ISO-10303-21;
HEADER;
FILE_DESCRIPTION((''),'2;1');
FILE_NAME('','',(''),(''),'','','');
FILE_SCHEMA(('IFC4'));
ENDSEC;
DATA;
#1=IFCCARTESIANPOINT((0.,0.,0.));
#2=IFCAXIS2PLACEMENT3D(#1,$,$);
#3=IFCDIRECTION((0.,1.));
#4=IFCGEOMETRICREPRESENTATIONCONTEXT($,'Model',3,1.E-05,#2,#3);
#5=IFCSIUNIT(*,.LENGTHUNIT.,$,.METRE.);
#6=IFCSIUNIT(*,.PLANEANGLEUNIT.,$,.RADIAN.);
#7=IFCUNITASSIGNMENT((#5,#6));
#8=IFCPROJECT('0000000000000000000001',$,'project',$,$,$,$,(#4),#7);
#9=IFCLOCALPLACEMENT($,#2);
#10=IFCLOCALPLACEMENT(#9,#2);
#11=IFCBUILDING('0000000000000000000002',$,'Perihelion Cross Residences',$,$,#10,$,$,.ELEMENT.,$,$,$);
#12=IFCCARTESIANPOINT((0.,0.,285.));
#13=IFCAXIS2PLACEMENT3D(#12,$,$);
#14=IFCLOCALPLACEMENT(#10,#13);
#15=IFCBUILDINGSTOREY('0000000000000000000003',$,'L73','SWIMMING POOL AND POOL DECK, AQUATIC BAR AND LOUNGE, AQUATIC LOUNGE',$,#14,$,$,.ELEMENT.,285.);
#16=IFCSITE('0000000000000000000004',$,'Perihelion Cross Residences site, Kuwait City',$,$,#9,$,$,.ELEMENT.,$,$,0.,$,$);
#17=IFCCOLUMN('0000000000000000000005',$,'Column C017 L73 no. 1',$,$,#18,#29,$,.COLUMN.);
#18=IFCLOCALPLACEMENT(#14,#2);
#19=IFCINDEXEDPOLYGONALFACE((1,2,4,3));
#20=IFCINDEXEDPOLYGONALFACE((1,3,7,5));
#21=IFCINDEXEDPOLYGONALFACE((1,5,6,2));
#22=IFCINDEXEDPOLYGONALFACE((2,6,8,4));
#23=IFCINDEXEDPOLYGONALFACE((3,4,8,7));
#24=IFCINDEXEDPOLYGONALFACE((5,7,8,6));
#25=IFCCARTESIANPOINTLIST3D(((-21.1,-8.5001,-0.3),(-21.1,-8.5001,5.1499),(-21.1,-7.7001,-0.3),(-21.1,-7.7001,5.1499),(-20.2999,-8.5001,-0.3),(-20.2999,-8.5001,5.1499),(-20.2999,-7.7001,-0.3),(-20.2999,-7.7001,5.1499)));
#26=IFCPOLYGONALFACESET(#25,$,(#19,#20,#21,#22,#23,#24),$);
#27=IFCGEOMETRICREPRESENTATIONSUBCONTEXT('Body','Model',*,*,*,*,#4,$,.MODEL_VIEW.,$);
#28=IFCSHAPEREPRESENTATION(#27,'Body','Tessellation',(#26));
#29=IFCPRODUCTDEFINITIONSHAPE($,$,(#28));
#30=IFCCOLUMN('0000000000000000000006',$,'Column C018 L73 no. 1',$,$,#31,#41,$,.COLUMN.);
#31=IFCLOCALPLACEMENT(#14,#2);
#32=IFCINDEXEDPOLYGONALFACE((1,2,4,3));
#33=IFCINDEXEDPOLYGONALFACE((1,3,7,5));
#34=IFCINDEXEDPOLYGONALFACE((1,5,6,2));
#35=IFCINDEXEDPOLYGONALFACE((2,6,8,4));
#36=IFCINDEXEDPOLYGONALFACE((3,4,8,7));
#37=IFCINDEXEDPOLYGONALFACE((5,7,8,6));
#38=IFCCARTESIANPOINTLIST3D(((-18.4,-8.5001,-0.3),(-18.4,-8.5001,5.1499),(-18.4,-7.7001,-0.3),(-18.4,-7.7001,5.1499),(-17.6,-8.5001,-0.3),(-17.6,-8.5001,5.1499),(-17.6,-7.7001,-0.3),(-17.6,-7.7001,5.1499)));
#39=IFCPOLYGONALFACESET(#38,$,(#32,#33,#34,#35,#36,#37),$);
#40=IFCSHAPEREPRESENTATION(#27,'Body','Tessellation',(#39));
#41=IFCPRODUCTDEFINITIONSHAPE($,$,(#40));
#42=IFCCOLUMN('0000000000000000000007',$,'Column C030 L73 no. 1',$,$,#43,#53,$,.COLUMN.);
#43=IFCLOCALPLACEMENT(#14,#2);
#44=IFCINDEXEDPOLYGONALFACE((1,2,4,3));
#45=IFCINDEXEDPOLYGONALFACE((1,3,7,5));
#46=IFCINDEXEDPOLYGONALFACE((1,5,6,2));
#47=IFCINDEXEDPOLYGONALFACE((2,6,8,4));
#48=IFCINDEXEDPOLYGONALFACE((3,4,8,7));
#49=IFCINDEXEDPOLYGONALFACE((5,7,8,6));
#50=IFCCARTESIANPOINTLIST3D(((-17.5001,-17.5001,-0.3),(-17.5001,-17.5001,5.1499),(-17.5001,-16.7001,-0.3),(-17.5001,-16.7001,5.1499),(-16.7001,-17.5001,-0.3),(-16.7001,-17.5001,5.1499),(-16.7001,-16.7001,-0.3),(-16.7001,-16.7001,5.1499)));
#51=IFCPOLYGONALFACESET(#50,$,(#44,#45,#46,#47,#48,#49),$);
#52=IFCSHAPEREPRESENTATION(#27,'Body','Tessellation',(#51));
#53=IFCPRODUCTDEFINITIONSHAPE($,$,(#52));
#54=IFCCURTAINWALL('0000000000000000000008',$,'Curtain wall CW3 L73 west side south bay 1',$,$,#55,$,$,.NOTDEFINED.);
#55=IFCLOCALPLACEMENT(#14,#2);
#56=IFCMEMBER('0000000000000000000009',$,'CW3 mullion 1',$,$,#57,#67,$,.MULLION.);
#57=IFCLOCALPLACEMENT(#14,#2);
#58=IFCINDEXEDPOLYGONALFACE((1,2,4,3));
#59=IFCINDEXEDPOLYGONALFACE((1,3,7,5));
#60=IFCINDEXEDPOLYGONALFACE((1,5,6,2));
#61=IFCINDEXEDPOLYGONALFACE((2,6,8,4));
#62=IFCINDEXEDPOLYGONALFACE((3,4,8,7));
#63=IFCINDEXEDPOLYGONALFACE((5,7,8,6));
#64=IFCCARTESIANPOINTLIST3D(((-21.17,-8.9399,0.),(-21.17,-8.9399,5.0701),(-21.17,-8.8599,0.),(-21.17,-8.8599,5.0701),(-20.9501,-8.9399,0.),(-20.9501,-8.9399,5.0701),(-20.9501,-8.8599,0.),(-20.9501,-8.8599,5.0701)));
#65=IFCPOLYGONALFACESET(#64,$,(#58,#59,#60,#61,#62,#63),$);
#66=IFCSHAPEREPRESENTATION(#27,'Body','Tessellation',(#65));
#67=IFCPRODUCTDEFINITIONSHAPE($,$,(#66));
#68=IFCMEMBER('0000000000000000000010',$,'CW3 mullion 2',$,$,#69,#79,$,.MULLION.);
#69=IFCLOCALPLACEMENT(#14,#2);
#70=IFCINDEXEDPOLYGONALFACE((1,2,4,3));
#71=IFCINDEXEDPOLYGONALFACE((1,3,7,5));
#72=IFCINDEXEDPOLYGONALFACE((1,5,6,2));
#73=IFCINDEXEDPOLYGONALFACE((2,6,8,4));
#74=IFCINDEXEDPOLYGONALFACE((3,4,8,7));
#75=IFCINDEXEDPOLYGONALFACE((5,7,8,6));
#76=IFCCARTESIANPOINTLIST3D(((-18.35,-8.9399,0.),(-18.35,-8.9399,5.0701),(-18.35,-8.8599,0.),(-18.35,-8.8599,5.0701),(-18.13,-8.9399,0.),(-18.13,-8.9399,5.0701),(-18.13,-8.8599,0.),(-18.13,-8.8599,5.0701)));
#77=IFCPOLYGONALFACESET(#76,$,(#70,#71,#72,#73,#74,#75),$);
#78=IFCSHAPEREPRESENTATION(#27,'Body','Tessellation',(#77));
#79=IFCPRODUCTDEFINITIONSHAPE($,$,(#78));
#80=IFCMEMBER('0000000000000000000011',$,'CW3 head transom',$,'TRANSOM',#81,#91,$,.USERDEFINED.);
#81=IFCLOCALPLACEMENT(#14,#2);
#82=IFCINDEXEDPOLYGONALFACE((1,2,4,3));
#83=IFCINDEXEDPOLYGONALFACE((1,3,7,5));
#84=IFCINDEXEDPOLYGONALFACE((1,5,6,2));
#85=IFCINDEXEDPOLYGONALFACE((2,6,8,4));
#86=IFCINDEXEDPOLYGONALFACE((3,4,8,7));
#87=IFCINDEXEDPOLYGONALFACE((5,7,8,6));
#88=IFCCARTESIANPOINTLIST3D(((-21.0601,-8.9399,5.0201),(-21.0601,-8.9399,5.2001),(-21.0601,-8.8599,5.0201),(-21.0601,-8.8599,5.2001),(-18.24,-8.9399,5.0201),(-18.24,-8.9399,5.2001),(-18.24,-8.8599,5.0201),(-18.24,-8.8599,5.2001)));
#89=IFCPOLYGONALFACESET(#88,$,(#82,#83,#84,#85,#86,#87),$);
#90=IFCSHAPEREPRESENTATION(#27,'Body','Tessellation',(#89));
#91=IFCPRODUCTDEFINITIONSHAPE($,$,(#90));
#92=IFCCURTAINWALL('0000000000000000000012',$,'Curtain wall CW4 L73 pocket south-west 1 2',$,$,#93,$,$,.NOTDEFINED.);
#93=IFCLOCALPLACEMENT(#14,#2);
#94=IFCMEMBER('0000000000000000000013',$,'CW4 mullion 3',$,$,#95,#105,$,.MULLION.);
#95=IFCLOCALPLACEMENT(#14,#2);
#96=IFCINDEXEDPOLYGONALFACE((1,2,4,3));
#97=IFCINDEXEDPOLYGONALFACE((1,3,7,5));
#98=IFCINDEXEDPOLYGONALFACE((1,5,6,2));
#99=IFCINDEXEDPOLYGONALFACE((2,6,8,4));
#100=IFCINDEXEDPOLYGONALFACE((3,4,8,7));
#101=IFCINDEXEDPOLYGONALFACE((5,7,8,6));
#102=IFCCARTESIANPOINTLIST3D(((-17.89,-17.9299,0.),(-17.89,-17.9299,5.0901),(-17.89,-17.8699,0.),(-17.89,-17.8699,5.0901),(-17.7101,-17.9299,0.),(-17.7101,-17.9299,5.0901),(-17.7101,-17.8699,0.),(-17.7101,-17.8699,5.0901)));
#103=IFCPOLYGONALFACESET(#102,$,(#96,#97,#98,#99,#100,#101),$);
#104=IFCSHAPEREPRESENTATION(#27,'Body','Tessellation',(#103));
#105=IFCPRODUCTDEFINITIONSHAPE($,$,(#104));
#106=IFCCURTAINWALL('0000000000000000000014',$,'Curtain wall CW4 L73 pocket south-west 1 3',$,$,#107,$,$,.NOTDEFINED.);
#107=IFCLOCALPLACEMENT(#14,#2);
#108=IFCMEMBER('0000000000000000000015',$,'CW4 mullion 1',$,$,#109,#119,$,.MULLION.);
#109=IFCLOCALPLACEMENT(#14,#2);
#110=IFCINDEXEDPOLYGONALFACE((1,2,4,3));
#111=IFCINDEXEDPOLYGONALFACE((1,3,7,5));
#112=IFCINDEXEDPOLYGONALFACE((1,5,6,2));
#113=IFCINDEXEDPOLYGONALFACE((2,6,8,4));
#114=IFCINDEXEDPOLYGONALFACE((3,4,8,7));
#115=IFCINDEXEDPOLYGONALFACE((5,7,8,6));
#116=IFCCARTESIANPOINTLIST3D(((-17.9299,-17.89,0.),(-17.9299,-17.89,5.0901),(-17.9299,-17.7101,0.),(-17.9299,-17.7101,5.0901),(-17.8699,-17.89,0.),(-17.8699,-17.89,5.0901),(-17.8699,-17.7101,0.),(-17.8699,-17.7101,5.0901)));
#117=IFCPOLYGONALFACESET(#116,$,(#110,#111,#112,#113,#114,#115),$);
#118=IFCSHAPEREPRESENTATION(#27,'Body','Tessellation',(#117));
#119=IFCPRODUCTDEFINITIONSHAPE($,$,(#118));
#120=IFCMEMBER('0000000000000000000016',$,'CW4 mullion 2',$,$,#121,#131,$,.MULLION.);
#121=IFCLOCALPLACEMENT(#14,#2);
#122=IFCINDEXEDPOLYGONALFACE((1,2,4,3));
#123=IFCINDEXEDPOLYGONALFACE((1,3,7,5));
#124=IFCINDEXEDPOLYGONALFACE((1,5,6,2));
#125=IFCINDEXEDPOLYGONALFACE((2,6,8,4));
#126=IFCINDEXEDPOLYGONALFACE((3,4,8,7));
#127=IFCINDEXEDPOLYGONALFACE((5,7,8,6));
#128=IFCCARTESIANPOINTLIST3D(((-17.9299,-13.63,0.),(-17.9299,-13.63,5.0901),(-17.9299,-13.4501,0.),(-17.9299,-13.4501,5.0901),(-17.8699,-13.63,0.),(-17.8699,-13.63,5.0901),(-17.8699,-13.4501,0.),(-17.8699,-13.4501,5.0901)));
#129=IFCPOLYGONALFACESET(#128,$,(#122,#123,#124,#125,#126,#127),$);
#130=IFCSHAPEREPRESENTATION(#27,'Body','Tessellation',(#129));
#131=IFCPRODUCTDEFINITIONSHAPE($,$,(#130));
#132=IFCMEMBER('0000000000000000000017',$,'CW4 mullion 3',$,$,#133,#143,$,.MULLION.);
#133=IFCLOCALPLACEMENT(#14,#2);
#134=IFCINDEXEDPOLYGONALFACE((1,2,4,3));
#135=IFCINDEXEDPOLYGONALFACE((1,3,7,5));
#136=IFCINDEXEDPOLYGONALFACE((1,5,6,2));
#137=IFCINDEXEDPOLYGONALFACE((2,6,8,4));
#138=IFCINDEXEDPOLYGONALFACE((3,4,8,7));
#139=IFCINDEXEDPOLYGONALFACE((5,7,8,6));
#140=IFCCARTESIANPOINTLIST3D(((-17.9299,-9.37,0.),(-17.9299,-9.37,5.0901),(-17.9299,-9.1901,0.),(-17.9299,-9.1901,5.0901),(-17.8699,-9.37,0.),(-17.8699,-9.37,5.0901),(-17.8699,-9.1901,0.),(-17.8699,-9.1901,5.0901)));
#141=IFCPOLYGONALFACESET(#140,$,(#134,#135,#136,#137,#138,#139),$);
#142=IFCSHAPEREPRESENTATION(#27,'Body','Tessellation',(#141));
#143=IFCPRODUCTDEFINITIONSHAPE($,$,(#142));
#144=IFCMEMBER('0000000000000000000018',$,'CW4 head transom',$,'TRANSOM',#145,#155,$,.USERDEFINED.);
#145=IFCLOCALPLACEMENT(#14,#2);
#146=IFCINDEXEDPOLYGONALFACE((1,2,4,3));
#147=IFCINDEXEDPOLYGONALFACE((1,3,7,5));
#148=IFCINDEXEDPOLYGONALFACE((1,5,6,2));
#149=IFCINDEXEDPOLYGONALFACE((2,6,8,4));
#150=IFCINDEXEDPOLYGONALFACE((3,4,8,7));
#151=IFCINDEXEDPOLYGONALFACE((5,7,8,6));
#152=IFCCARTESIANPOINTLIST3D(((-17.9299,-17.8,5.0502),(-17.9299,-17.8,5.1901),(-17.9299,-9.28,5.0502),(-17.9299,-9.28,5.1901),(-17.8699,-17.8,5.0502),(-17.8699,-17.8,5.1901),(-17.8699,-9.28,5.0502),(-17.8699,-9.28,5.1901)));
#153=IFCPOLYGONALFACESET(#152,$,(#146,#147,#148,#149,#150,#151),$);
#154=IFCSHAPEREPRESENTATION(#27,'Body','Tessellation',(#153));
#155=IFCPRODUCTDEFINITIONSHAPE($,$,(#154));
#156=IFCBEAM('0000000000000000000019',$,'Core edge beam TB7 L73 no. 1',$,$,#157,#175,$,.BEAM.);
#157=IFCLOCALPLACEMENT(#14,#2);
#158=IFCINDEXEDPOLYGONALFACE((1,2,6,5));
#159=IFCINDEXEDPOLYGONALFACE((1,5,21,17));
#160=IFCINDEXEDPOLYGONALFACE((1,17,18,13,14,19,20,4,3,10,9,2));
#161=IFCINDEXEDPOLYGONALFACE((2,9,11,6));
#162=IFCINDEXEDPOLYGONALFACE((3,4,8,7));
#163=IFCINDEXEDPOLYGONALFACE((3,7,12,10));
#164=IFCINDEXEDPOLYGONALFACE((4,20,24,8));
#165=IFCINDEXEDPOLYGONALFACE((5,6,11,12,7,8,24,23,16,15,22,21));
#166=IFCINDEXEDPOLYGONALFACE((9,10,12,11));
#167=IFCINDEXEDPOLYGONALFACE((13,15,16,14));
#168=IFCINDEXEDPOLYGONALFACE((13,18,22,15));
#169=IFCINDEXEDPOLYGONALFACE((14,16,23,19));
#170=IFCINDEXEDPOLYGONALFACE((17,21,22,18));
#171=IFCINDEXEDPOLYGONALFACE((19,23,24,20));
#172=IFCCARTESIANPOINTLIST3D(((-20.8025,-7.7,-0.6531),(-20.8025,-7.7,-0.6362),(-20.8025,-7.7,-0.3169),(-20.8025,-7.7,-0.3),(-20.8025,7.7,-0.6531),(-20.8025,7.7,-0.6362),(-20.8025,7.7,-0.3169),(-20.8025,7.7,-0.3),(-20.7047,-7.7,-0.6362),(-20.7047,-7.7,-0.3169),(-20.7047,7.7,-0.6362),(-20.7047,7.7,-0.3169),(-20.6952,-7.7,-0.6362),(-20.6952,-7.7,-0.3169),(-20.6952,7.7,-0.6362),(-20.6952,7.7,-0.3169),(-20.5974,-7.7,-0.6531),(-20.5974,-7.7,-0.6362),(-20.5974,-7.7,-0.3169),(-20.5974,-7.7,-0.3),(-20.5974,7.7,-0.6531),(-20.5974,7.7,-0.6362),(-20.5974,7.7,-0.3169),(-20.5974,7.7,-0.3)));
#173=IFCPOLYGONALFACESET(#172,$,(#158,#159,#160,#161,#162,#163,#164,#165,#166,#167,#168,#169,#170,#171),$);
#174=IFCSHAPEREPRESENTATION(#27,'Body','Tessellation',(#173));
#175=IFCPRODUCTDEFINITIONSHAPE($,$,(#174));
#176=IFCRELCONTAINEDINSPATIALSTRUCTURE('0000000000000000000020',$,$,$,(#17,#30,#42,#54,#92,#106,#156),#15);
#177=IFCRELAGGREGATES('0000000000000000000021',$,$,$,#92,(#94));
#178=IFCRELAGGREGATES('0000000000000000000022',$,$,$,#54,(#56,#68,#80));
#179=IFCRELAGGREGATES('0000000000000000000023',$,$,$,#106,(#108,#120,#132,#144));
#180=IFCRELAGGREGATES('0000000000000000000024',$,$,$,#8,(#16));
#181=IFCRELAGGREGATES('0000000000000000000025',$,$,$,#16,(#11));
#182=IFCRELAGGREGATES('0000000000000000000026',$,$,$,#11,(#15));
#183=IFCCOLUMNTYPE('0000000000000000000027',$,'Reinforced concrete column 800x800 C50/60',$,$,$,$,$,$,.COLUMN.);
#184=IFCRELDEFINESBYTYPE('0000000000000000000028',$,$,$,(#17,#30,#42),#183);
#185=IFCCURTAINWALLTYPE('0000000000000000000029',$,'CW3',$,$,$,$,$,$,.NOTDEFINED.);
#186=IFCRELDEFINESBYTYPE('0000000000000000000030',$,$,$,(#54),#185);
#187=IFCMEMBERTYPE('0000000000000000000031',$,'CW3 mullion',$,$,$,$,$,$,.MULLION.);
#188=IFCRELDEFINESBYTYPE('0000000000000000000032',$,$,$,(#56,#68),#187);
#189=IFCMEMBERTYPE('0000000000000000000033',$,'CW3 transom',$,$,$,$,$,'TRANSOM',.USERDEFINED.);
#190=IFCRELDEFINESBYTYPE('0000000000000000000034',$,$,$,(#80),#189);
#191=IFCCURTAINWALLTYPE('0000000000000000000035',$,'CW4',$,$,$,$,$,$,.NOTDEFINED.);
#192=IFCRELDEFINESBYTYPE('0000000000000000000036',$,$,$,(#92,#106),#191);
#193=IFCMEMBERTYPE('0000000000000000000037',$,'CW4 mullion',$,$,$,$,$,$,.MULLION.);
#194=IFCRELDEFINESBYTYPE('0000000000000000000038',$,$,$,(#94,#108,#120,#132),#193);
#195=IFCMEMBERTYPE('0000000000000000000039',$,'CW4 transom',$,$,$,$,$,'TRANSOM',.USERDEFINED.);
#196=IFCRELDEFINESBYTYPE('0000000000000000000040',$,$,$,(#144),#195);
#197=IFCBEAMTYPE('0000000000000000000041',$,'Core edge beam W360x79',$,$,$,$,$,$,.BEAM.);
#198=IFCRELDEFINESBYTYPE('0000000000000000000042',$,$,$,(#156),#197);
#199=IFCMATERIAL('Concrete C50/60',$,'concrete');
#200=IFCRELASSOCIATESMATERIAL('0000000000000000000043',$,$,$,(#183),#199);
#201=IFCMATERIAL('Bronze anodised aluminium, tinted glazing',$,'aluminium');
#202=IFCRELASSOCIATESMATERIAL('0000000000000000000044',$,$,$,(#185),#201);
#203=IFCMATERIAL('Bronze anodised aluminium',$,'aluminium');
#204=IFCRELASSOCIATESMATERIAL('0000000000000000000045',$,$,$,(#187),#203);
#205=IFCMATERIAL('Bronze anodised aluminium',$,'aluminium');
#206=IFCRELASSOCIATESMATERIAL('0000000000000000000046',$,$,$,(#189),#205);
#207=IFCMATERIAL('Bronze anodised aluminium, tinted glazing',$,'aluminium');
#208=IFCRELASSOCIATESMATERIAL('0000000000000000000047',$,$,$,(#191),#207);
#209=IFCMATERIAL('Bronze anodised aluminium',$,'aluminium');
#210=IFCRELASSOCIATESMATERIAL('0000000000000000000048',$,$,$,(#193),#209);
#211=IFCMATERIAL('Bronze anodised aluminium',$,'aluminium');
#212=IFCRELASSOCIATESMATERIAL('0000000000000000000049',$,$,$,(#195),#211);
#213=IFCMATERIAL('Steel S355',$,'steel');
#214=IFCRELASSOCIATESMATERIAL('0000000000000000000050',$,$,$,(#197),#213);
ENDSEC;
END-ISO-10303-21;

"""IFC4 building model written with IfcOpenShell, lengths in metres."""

from ifc_helpers import new_model, si_unit, direction, frame, origin, origin_2d, place, context, subcontext, project, spatial, rectangle, i_section, extrude, material, material_profile, profile_set, type_object, element, aggregate, save


model = new_model("IFC4")

# Units and contexts
model_context = context("Model", 3, precision=1e-05, world=origin(), true_north=direction((0.0, 1.0)))
body_context = subcontext(model_context, "Body", "Model", "MODEL_VIEW")
ifc_project = project(units=[si_unit("LENGTHUNIT", "METRE"), si_unit("PLANEANGLEUNIT", "RADIAN")], contexts=[model_context])

# Site, building, storey
site_placement = place(None, origin())
site = spatial("IfcSite", under=ifc_project, at=site_placement, Name="Perihelion Cross Residences site, Kuwait City", CompositionType="ELEMENT", RefElevation=0.0)
building_placement = place(site_placement, origin())
building = spatial("IfcBuilding", under=site, at=building_placement, Name="Perihelion Cross Residences", CompositionType="ELEMENT")
storey_placement = place(building_placement, frame((0.0, 0.0, 285.0)))
storey = spatial("IfcBuildingStorey", under=building, at=storey_placement, Name="L73", Description="SWIMMING POOL AND POOL DECK, AQUATIC BAR AND LOUNGE, AQUATIC LOUNGE", CompositionType="ELEMENT", Elevation=285.0)

# Columns
ifc_material_1 = material(Name="Concrete C50/60", Category="concrete")
ifc_material_profile_1 = material_profile(ifc_material_1, rectangle(XDim=0.8, YDim=0.8, at=origin_2d()), Name="RC 800x800")
ifc_profile_set_1 = profile_set([ifc_material_profile_1], Name="Concrete C50/60")
column_type = type_object("IfcColumnType", Name="Reinforced concrete column 800x800 C50/60", PredefinedType="COLUMN", material=ifc_profile_set_1)
for number, where, z_axis, x_axis, name in (
    (1, (-20.7, -8.1001, -0.3), (0.0, 0.0, 1.0), (1.0, 0.0, 0.0), "Column C017 L73 no. 1"),
    (2, (-18.0, -8.1001, -0.3), (0.0, 0.0, 1.0), (1.0, 0.0, 0.0), "Column C018 L73 no. 1"),
    (3, (-17.1001, -17.1001, -0.3), (0.0, 0.0, 1.0), (1.0, 0.0, 0.0), "Column C030 L73 no. 1"),
):
    element("IfcColumn", number, at=place(storey_placement, frame(where, z_axis=z_axis, x_axis=x_axis)), inside=storey, type_object=column_type, Name=name, PredefinedType="COLUMN", context=body_context, shape_type="SweptSolid", body=[
        extrude(rectangle(XDim=0.8, YDim=0.8, at=origin_2d()), origin(), (0.0, 0.0, 1.0), 5.45),
    ])

# Curtain wall, members
ifc_material_2 = material(Name="Bronze anodised aluminium, tinted glazing", Category="aluminium")
curtain_wall_type_1 = type_object("IfcCurtainWallType", Name="CW3", PredefinedType="NOTDEFINED", material=ifc_material_2)
curtain_wall_1_placement = place(storey_placement, origin())
curtain_wall_1 = element("IfcCurtainWall", 4, at=curtain_wall_1_placement, inside=storey, type_object=curtain_wall_type_1, Name="Curtain wall CW3 L73 west side south bay 1", PredefinedType="NOTDEFINED")
ifc_material_3 = material(Name="Bronze anodised aluminium", Category="aluminium")
ifc_material_profile_2 = material_profile(ifc_material_3, rectangle(XDim=0.0801, YDim=0.22, at=origin_2d()), Name="CW3 mullion")
ifc_profile_set_2 = profile_set([ifc_material_profile_2], Name="Bronze anodised aluminium")
member_type_1 = type_object("IfcMemberType", Name="CW3 mullion", PredefinedType="MULLION", material=ifc_profile_set_2)
member_1_placement = place(storey_placement, frame((-21.0601, -8.8999, 0.0), z_axis=(0.0, 0.0, 1.0), x_axis=(0.0, 1.0, 0.0)))
member_1 = element("IfcMember", 5, at=member_1_placement, type_object=member_type_1, Name="CW3 mullion 1", PredefinedType="MULLION", context=body_context, shape_type="SweptSolid", body=[
    extrude(rectangle(XDim=0.0801, YDim=0.22, at=origin_2d()), origin(), (0.0, 0.0, 1.0), 5.0701),
])
member_2_placement = place(storey_placement, frame((-18.24, -8.8999, 0.0), z_axis=(0.0, 0.0, 1.0), x_axis=(0.0, 1.0, 0.0)))
member_2 = element("IfcMember", 6, at=member_2_placement, type_object=member_type_1, Name="CW3 mullion 2", PredefinedType="MULLION", context=body_context, shape_type="SweptSolid", body=[
    extrude(rectangle(XDim=0.0801, YDim=0.22, at=origin_2d()), origin(), (0.0, 0.0, 1.0), 5.0701),
])
ifc_material_4 = material(Name="Bronze anodised aluminium", Category="aluminium")
ifc_material_profile_3 = material_profile(ifc_material_4, rectangle(XDim=0.0801, YDim=0.1799, at=origin_2d()), Name="CW3 transom")
ifc_profile_set_3 = profile_set([ifc_material_profile_3], Name="Bronze anodised aluminium")
member_type_2 = type_object("IfcMemberType", Name="CW3 transom", ElementType="TRANSOM", PredefinedType="USERDEFINED", material=ifc_profile_set_3)
member_3_placement = place(storey_placement, frame((-21.0601, -8.8999, 5.1101), z_axis=(1.0, 0.0, 0.0), x_axis=(0.0, 1.0, 0.0)))
member_3 = element("IfcMember", 7, at=member_3_placement, type_object=member_type_2, Name="CW3 head transom", ObjectType="TRANSOM", PredefinedType="USERDEFINED", context=body_context, shape_type="SweptSolid", body=[
    extrude(rectangle(XDim=0.0801, YDim=0.1799, at=origin_2d()), origin(), (0.0, 0.0, 1.0), 2.8201),
])

# Curtain wall, member
ifc_material_5 = material(Name="Bronze anodised aluminium, tinted glazing", Category="aluminium")
curtain_wall_type_2 = type_object("IfcCurtainWallType", Name="CW4", PredefinedType="NOTDEFINED", material=ifc_material_5)
curtain_wall_2_placement = place(storey_placement, origin())
curtain_wall_2 = element("IfcCurtainWall", 8, at=curtain_wall_2_placement, inside=storey, type_object=curtain_wall_type_2, Name="Curtain wall CW4 L73 pocket south-west 1 2", PredefinedType="NOTDEFINED")
ifc_material_6 = material(Name="Bronze anodised aluminium", Category="aluminium")
ifc_material_profile_4 = material_profile(ifc_material_6, rectangle(XDim=0.0601, YDim=0.1799, at=origin_2d()), Name="CW4 mullion")
ifc_profile_set_4 = profile_set([ifc_material_profile_4], Name="Bronze anodised aluminium")
member_type_3 = type_object("IfcMemberType", Name="CW4 mullion", PredefinedType="MULLION", material=ifc_profile_set_4)
member_4_placement = place(storey_placement, frame((-17.8, -17.8999, 0.0), z_axis=(0.0, 0.0, 1.0), x_axis=(0.0, -1.0, 0.0)))
member_4 = element("IfcMember", 9, at=member_4_placement, type_object=member_type_3, Name="CW4 mullion 3", PredefinedType="MULLION", context=body_context, shape_type="SweptSolid", body=[
    extrude(rectangle(XDim=0.0601, YDim=0.1799, at=origin_2d()), origin(), (0.0, 0.0, 1.0), 5.0901),
])
aggregate(curtain_wall_2, [member_4])

# Curtain wall, members
curtain_wall_3_placement = place(storey_placement, origin())
curtain_wall_3 = element("IfcCurtainWall", 10, at=curtain_wall_3_placement, inside=storey, type_object=curtain_wall_type_2, Name="Curtain wall CW4 L73 pocket south-west 1 3", PredefinedType="NOTDEFINED")
member_5_placement = place(storey_placement, frame((-17.8999, -17.8, 0.0), z_axis=(0.0, 0.0, 1.0), x_axis=(-1.0, 0.0, 0.0)))
member_5 = element("IfcMember", 11, at=member_5_placement, type_object=member_type_3, Name="CW4 mullion 1", PredefinedType="MULLION", context=body_context, shape_type="SweptSolid", body=[
    extrude(rectangle(XDim=0.0601, YDim=0.1799, at=origin_2d()), origin(), (0.0, 0.0, 1.0), 5.0901),
])
member_6_placement = place(storey_placement, frame((-17.8999, -13.54, 0.0), z_axis=(0.0, 0.0, 1.0), x_axis=(-1.0, 0.0, 0.0)))
member_6 = element("IfcMember", 12, at=member_6_placement, type_object=member_type_3, Name="CW4 mullion 2", PredefinedType="MULLION", context=body_context, shape_type="SweptSolid", body=[
    extrude(rectangle(XDim=0.0601, YDim=0.1799, at=origin_2d()), origin(), (0.0, 0.0, 1.0), 5.0901),
])
member_7_placement = place(storey_placement, frame((-17.8999, -9.28, 0.0), z_axis=(0.0, 0.0, 1.0), x_axis=(-1.0, 0.0, 0.0)))
member_7 = element("IfcMember", 13, at=member_7_placement, type_object=member_type_3, Name="CW4 mullion 3", PredefinedType="MULLION", context=body_context, shape_type="SweptSolid", body=[
    extrude(rectangle(XDim=0.0601, YDim=0.1799, at=origin_2d()), origin(), (0.0, 0.0, 1.0), 5.0901),
])
ifc_material_7 = material(Name="Bronze anodised aluminium", Category="aluminium")
ifc_material_profile_5 = material_profile(ifc_material_7, rectangle(XDim=0.0601, YDim=0.1399, at=origin_2d()), Name="CW4 transom")
ifc_profile_set_5 = profile_set([ifc_material_profile_5], Name="Bronze anodised aluminium")
member_type_4 = type_object("IfcMemberType", Name="CW4 transom", ElementType="TRANSOM", PredefinedType="USERDEFINED", material=ifc_profile_set_5)
member_8_placement = place(storey_placement, frame((-17.8999, -17.8, 5.1201), z_axis=(0.0, 1.0, 0.0), x_axis=(-1.0, 0.0, 0.0)))
member_8 = element("IfcMember", 14, at=member_8_placement, type_object=member_type_4, Name="CW4 head transom", ObjectType="TRANSOM", PredefinedType="USERDEFINED", context=body_context, shape_type="SweptSolid", body=[
    extrude(rectangle(XDim=0.0601, YDim=0.1399, at=origin_2d()), origin(), (0.0, 0.0, 1.0), 8.52),
])

# Beam
ifc_material_8 = material(Name="Steel S355", Category="steel")
ifc_material_profile_6 = material_profile(ifc_material_8, i_section(OverallWidth=0.2051, OverallDepth=0.353, WebThickness=0.0095, FlangeThickness=0.0168, at=origin_2d()), Name="W360x79")
ifc_profile_set_6 = profile_set([ifc_material_profile_6], Name="Steel S355")
beam_type_1 = type_object("IfcBeamType", Name="Core edge beam W360x79", PredefinedType="BEAM", material=ifc_profile_set_6)
beam_1_placement = place(storey_placement, frame((-20.7, -7.7, -0.4766), z_axis=(0.0, 1.0, 0.0), x_axis=(-1.0, 0.0, 0.0)))
element("IfcBeam", 15, at=beam_1_placement, inside=storey, type_object=beam_type_1, Name="Core edge beam TB7 L73 no. 1", PredefinedType="BEAM", context=body_context, shape_type="SweptSolid", body=[
    extrude(i_section(OverallWidth=0.2051, OverallDepth=0.353, WebThickness=0.0095, FlangeThickness=0.0168, at=origin_2d()), origin(), (0.0, 0.0, 1.0), 15.3999),
])

aggregate(curtain_wall_1, [member_1, member_2, member_3])
aggregate(curtain_wall_3, [member_5, member_6, member_7, member_8])

save(model, "model.ifc")
